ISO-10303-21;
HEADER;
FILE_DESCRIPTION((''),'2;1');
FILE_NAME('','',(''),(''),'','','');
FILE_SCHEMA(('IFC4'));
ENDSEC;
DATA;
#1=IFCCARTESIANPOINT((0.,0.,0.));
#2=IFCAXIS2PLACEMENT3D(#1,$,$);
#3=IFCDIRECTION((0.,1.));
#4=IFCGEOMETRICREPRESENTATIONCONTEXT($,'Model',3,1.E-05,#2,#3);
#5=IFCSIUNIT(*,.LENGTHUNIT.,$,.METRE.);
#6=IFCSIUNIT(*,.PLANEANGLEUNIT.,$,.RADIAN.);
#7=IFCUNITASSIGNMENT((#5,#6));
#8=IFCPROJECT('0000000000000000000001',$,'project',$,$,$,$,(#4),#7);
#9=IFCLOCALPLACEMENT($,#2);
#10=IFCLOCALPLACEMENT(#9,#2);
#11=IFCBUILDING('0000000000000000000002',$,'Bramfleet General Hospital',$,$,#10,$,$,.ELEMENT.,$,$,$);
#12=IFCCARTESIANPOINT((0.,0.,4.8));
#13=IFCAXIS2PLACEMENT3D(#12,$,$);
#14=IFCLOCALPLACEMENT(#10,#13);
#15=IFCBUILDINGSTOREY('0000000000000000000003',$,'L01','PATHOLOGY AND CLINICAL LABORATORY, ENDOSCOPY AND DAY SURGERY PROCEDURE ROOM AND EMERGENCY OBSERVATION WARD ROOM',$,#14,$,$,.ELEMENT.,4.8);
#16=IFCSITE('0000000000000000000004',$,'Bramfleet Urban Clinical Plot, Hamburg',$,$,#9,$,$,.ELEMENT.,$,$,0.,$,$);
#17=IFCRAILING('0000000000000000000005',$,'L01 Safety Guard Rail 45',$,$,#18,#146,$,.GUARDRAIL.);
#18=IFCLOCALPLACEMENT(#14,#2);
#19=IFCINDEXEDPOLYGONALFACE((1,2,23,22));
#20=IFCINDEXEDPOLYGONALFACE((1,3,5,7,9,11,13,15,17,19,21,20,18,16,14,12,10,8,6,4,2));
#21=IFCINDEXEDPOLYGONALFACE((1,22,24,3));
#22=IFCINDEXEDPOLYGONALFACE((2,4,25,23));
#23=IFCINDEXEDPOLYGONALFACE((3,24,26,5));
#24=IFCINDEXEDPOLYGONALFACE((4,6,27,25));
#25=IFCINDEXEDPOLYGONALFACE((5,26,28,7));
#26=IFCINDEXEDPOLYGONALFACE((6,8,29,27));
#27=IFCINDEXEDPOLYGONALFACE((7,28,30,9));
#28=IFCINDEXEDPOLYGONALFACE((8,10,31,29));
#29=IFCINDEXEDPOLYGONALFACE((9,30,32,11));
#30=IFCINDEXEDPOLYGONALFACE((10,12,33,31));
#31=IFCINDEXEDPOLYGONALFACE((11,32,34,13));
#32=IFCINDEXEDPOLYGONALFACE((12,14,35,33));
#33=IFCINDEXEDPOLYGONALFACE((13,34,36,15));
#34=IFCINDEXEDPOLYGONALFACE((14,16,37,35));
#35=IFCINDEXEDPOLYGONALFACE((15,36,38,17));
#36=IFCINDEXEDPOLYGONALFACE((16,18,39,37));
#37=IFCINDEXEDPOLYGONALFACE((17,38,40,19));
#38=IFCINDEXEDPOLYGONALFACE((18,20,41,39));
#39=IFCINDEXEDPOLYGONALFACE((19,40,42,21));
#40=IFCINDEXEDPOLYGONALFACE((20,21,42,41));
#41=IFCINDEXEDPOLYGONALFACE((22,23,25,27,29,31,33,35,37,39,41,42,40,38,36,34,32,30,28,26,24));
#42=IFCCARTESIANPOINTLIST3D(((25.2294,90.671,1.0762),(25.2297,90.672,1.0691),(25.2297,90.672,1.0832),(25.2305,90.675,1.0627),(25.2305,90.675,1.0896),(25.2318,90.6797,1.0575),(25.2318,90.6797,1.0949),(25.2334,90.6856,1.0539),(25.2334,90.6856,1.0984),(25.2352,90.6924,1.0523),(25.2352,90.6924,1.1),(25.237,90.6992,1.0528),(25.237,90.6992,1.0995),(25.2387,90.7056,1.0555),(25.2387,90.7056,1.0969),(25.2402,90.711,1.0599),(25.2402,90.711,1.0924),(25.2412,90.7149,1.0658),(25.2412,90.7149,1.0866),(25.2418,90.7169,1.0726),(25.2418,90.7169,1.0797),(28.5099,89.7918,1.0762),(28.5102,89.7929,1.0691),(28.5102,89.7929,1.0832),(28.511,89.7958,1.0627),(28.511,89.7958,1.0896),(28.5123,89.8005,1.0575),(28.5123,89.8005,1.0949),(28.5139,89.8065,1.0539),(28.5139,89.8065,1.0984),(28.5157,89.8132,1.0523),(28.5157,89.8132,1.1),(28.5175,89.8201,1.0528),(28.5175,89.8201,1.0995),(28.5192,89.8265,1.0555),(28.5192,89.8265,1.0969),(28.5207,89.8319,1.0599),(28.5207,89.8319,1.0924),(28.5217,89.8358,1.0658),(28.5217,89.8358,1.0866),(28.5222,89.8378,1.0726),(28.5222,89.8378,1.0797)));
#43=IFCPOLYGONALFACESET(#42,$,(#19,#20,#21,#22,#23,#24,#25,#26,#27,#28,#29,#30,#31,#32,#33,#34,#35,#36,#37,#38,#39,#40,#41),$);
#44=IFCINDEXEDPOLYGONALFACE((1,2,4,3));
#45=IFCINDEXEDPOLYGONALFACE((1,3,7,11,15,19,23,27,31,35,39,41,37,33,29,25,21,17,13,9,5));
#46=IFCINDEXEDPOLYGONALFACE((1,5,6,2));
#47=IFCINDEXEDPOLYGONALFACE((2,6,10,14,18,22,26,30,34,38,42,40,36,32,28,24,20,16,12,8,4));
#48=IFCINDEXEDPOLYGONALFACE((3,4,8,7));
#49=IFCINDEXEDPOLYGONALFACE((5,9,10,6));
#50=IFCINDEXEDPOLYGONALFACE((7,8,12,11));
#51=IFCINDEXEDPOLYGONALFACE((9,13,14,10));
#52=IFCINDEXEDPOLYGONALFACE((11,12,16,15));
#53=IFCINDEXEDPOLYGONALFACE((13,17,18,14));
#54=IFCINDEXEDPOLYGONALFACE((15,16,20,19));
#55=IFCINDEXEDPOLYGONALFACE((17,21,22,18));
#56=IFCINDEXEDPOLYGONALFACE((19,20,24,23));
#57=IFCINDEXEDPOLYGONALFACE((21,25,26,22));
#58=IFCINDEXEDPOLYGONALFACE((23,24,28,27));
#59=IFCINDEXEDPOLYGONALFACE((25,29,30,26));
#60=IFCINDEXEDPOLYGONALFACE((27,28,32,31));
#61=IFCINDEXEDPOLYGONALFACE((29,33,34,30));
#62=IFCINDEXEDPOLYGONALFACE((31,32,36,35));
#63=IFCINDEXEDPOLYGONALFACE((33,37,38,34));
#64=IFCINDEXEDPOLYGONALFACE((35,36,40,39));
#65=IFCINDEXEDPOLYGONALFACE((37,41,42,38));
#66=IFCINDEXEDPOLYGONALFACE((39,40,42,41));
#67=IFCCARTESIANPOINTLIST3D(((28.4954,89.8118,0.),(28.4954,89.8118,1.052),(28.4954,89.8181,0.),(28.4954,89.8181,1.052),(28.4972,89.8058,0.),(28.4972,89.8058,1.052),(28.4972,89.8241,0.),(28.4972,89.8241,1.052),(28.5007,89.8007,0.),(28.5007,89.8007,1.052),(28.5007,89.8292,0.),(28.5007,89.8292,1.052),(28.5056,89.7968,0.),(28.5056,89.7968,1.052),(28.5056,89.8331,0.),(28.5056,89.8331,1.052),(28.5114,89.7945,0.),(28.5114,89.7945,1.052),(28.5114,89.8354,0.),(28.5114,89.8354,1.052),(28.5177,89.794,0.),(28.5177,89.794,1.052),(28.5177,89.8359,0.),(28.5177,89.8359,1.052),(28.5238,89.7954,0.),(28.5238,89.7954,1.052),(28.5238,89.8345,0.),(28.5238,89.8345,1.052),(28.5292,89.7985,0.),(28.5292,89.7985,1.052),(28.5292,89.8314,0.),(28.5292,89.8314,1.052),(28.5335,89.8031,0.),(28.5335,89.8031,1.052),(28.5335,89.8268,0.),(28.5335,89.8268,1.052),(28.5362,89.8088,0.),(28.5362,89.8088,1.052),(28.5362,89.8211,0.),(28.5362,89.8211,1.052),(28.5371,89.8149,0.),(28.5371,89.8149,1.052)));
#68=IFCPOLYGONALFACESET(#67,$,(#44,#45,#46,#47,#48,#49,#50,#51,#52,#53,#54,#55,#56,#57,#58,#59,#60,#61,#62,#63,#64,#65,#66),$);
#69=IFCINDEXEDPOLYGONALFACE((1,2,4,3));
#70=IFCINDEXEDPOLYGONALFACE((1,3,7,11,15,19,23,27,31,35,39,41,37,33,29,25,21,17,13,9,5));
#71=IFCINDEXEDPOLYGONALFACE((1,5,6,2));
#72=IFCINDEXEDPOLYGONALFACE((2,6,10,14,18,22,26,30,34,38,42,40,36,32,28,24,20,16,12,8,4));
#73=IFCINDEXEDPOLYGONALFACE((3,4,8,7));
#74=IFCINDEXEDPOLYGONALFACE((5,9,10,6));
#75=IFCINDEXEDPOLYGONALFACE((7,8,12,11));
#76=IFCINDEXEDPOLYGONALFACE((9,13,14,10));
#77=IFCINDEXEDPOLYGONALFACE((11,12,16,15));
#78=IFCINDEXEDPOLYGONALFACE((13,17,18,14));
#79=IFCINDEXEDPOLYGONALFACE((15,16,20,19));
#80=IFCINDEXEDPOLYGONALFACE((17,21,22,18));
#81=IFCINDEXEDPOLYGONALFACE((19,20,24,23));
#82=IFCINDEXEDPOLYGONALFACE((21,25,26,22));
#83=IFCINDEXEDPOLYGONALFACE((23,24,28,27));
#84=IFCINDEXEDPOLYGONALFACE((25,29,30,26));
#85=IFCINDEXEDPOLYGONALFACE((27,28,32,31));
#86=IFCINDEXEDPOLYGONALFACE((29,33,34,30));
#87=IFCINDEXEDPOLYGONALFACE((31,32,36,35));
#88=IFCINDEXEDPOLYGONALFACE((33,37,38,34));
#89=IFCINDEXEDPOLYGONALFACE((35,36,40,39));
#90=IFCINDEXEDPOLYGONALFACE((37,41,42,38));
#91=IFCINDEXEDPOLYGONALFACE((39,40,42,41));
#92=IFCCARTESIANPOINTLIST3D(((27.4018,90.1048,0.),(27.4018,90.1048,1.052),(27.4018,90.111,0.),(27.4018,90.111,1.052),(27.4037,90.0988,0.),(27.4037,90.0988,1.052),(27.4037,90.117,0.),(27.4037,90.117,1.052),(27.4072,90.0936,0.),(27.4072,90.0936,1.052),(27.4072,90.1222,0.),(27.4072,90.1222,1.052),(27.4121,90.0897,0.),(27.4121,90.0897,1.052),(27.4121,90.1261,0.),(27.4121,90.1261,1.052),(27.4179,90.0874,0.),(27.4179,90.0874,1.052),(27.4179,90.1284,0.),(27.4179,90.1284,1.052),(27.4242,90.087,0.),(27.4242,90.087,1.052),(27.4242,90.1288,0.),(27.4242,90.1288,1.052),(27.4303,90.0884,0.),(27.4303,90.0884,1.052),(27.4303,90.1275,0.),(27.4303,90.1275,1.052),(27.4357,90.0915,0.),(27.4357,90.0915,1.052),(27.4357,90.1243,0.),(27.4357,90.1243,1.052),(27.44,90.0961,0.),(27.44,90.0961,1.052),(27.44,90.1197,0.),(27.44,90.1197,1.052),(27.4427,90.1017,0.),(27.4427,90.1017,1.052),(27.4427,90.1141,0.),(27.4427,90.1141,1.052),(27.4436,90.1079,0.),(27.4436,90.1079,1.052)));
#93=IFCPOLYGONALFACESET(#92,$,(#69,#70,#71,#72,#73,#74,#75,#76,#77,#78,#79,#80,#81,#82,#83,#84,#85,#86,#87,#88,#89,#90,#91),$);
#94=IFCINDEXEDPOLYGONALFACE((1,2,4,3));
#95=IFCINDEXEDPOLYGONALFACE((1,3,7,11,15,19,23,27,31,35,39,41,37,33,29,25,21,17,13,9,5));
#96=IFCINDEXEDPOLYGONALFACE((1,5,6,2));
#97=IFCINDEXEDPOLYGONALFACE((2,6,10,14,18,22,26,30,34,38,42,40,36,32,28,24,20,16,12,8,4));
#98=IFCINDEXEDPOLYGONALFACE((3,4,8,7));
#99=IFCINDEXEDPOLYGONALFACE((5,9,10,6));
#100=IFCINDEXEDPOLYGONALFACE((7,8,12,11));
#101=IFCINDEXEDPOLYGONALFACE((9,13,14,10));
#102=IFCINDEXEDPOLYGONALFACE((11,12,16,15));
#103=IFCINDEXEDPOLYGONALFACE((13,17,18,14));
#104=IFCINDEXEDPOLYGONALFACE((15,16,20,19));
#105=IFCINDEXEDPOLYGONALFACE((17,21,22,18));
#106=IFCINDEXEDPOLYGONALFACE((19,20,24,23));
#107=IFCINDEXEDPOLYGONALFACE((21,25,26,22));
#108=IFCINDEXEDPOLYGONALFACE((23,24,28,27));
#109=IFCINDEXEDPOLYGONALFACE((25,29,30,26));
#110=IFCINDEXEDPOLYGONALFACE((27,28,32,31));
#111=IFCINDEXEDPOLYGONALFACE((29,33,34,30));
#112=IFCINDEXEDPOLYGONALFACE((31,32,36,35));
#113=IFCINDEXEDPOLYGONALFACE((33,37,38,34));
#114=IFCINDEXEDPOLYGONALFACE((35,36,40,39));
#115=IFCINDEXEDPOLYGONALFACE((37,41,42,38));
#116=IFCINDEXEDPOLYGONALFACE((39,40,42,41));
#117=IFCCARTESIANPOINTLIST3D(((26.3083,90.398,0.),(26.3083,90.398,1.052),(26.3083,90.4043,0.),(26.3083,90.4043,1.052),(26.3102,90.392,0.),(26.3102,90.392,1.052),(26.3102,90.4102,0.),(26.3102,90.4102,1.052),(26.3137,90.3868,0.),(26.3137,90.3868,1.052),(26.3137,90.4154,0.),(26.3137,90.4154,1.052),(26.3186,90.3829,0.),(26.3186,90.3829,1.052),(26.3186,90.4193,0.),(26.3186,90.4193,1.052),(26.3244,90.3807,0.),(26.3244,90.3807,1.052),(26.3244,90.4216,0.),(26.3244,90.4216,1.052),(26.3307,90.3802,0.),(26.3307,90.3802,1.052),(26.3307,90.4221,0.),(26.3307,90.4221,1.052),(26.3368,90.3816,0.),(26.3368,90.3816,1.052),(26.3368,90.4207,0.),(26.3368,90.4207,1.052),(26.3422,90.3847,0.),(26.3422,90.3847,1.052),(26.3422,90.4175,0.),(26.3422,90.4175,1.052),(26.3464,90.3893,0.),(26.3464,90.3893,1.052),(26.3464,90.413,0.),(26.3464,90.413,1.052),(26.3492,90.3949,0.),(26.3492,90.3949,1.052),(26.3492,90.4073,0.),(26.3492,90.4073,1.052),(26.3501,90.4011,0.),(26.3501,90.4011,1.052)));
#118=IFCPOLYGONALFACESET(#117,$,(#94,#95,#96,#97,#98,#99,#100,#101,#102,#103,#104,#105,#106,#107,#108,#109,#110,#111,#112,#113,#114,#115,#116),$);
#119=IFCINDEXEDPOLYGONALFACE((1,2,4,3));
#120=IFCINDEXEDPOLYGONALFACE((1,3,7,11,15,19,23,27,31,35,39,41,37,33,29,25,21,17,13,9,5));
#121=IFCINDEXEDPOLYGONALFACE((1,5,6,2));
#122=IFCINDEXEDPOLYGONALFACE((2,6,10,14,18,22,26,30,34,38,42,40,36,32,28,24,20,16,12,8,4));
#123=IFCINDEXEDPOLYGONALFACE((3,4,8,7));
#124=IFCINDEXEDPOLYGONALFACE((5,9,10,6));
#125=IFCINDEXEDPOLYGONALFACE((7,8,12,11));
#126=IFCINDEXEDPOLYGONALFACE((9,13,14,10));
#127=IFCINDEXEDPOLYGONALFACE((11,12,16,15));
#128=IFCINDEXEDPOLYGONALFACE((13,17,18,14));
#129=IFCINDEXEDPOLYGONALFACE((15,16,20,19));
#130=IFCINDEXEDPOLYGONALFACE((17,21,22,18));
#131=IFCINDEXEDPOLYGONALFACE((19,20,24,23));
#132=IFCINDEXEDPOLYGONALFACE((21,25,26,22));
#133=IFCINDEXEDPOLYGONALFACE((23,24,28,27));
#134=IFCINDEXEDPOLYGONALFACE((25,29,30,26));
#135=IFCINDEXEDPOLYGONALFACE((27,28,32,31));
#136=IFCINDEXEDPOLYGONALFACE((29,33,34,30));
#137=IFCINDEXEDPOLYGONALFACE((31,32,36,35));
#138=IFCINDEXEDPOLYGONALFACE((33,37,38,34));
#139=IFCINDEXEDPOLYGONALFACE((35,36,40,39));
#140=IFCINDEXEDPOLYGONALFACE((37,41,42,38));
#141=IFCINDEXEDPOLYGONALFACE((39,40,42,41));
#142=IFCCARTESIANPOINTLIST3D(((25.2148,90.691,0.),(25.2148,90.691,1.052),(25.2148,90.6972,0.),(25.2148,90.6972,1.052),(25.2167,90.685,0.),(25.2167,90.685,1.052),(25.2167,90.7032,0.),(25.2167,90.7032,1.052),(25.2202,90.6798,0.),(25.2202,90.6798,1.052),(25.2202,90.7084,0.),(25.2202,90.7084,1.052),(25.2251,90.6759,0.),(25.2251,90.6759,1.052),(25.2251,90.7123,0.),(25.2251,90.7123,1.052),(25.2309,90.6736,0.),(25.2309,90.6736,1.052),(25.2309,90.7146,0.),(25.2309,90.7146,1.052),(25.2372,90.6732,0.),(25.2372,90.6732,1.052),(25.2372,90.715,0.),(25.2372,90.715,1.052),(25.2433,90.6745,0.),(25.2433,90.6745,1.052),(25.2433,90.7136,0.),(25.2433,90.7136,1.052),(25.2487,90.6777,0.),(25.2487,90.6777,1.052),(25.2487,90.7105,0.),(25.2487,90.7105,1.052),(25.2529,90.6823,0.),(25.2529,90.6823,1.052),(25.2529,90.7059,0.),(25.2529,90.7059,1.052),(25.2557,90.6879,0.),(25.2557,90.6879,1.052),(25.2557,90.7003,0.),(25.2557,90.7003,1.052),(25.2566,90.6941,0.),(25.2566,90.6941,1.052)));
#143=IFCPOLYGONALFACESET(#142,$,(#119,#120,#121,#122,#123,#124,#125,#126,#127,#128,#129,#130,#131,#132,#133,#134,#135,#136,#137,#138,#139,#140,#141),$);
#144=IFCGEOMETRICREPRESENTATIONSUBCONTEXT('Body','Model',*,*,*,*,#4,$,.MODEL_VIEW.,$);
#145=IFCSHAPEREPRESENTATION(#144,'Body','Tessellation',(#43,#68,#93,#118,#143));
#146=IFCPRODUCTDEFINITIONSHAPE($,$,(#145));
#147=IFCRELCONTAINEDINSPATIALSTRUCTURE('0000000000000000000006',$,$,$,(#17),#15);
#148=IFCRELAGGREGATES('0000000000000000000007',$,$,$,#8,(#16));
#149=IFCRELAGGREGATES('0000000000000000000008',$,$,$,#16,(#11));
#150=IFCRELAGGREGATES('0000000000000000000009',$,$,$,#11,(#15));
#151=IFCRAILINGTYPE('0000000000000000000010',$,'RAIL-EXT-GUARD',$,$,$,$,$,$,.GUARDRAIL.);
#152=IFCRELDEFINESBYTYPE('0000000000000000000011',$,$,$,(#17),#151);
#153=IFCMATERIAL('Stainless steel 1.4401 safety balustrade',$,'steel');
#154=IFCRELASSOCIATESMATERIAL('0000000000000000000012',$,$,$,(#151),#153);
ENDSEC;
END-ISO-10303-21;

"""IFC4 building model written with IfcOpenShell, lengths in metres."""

from ifc_helpers import new_model, si_unit, direction, frame, origin, origin_2d, place, context, subcontext, project, spatial, circle, extrude, material, type_object, element, save


model = new_model("IFC4")

# Units and contexts
model_context = context("Model", 3, precision=1e-05, world=origin(), true_north=direction((0.0, 1.0)))
body_context = subcontext(model_context, "Body", "Model", "MODEL_VIEW")
ifc_project = project(units=[si_unit("LENGTHUNIT", "METRE"), si_unit("PLANEANGLEUNIT", "RADIAN")], contexts=[model_context])

# Site, building, storey
site_placement = place(None, origin())
site = spatial("IfcSite", under=ifc_project, at=site_placement, Name="Bramfleet Urban Clinical Plot, Hamburg", CompositionType="ELEMENT", RefElevation=0.0)
building_placement = place(site_placement, origin())
building = spatial("IfcBuilding", under=site, at=building_placement, Name="Bramfleet General Hospital", CompositionType="ELEMENT")
storey_placement = place(building_placement, frame((0.0, 0.0, 4.8)))
storey = spatial("IfcBuildingStorey", under=building, at=storey_placement, Name="L01", Description="PATHOLOGY AND CLINICAL LABORATORY, ENDOSCOPY AND DAY SURGERY PROCEDURE ROOM AND EMERGENCY OBSERVATION WARD ROOM", CompositionType="ELEMENT", Elevation=4.8)

# Railing
ifc_material_1 = material(Name="Stainless steel 1.4401 safety balustrade", Category="steel")
railing_type = type_object("IfcRailingType", Name="RAIL-EXT-GUARD", PredefinedType="GUARDRAIL", material=ifc_material_1)
railing_1_placement = place(storey_placement, frame((28.5161, 89.8149, 0.0)))
element("IfcRailing", 1, at=railing_1_placement, inside=storey, type_object=railing_type, Name="L01 Safety Guard Rail 45", PredefinedType="GUARDRAIL", context=body_context, shape_type="SweptSolid", body=[
    extrude(circle(Radius=0.0239, at=origin_2d()), frame((0.0, 0.0, 1.0762), z_axis=(-0.965916, 0.258857, 0.0), x_axis=(-0.258857, -0.965916, 0.0)), (0.0, 0.0, 1.0), 3.3962),
    extrude(circle(Radius=0.021, at=origin_2d()), origin(), (0.0, 0.0, 1.0), 1.052),
    extrude(circle(Radius=0.021, at=origin_2d()), frame((-1.0935, 0.293, 0.0)), (0.0, 0.0, 1.0), 1.052),
    extrude(circle(Radius=0.021, at=origin_2d()), frame((-2.187, 0.5862, 0.0)), (0.0, 0.0, 1.0), 1.052),
    extrude(circle(Radius=0.021, at=origin_2d()), frame((-3.2805, 0.8792, 0.0)), (0.0, 0.0, 1.0), 1.052),
])

save(model, "model.ifc")
